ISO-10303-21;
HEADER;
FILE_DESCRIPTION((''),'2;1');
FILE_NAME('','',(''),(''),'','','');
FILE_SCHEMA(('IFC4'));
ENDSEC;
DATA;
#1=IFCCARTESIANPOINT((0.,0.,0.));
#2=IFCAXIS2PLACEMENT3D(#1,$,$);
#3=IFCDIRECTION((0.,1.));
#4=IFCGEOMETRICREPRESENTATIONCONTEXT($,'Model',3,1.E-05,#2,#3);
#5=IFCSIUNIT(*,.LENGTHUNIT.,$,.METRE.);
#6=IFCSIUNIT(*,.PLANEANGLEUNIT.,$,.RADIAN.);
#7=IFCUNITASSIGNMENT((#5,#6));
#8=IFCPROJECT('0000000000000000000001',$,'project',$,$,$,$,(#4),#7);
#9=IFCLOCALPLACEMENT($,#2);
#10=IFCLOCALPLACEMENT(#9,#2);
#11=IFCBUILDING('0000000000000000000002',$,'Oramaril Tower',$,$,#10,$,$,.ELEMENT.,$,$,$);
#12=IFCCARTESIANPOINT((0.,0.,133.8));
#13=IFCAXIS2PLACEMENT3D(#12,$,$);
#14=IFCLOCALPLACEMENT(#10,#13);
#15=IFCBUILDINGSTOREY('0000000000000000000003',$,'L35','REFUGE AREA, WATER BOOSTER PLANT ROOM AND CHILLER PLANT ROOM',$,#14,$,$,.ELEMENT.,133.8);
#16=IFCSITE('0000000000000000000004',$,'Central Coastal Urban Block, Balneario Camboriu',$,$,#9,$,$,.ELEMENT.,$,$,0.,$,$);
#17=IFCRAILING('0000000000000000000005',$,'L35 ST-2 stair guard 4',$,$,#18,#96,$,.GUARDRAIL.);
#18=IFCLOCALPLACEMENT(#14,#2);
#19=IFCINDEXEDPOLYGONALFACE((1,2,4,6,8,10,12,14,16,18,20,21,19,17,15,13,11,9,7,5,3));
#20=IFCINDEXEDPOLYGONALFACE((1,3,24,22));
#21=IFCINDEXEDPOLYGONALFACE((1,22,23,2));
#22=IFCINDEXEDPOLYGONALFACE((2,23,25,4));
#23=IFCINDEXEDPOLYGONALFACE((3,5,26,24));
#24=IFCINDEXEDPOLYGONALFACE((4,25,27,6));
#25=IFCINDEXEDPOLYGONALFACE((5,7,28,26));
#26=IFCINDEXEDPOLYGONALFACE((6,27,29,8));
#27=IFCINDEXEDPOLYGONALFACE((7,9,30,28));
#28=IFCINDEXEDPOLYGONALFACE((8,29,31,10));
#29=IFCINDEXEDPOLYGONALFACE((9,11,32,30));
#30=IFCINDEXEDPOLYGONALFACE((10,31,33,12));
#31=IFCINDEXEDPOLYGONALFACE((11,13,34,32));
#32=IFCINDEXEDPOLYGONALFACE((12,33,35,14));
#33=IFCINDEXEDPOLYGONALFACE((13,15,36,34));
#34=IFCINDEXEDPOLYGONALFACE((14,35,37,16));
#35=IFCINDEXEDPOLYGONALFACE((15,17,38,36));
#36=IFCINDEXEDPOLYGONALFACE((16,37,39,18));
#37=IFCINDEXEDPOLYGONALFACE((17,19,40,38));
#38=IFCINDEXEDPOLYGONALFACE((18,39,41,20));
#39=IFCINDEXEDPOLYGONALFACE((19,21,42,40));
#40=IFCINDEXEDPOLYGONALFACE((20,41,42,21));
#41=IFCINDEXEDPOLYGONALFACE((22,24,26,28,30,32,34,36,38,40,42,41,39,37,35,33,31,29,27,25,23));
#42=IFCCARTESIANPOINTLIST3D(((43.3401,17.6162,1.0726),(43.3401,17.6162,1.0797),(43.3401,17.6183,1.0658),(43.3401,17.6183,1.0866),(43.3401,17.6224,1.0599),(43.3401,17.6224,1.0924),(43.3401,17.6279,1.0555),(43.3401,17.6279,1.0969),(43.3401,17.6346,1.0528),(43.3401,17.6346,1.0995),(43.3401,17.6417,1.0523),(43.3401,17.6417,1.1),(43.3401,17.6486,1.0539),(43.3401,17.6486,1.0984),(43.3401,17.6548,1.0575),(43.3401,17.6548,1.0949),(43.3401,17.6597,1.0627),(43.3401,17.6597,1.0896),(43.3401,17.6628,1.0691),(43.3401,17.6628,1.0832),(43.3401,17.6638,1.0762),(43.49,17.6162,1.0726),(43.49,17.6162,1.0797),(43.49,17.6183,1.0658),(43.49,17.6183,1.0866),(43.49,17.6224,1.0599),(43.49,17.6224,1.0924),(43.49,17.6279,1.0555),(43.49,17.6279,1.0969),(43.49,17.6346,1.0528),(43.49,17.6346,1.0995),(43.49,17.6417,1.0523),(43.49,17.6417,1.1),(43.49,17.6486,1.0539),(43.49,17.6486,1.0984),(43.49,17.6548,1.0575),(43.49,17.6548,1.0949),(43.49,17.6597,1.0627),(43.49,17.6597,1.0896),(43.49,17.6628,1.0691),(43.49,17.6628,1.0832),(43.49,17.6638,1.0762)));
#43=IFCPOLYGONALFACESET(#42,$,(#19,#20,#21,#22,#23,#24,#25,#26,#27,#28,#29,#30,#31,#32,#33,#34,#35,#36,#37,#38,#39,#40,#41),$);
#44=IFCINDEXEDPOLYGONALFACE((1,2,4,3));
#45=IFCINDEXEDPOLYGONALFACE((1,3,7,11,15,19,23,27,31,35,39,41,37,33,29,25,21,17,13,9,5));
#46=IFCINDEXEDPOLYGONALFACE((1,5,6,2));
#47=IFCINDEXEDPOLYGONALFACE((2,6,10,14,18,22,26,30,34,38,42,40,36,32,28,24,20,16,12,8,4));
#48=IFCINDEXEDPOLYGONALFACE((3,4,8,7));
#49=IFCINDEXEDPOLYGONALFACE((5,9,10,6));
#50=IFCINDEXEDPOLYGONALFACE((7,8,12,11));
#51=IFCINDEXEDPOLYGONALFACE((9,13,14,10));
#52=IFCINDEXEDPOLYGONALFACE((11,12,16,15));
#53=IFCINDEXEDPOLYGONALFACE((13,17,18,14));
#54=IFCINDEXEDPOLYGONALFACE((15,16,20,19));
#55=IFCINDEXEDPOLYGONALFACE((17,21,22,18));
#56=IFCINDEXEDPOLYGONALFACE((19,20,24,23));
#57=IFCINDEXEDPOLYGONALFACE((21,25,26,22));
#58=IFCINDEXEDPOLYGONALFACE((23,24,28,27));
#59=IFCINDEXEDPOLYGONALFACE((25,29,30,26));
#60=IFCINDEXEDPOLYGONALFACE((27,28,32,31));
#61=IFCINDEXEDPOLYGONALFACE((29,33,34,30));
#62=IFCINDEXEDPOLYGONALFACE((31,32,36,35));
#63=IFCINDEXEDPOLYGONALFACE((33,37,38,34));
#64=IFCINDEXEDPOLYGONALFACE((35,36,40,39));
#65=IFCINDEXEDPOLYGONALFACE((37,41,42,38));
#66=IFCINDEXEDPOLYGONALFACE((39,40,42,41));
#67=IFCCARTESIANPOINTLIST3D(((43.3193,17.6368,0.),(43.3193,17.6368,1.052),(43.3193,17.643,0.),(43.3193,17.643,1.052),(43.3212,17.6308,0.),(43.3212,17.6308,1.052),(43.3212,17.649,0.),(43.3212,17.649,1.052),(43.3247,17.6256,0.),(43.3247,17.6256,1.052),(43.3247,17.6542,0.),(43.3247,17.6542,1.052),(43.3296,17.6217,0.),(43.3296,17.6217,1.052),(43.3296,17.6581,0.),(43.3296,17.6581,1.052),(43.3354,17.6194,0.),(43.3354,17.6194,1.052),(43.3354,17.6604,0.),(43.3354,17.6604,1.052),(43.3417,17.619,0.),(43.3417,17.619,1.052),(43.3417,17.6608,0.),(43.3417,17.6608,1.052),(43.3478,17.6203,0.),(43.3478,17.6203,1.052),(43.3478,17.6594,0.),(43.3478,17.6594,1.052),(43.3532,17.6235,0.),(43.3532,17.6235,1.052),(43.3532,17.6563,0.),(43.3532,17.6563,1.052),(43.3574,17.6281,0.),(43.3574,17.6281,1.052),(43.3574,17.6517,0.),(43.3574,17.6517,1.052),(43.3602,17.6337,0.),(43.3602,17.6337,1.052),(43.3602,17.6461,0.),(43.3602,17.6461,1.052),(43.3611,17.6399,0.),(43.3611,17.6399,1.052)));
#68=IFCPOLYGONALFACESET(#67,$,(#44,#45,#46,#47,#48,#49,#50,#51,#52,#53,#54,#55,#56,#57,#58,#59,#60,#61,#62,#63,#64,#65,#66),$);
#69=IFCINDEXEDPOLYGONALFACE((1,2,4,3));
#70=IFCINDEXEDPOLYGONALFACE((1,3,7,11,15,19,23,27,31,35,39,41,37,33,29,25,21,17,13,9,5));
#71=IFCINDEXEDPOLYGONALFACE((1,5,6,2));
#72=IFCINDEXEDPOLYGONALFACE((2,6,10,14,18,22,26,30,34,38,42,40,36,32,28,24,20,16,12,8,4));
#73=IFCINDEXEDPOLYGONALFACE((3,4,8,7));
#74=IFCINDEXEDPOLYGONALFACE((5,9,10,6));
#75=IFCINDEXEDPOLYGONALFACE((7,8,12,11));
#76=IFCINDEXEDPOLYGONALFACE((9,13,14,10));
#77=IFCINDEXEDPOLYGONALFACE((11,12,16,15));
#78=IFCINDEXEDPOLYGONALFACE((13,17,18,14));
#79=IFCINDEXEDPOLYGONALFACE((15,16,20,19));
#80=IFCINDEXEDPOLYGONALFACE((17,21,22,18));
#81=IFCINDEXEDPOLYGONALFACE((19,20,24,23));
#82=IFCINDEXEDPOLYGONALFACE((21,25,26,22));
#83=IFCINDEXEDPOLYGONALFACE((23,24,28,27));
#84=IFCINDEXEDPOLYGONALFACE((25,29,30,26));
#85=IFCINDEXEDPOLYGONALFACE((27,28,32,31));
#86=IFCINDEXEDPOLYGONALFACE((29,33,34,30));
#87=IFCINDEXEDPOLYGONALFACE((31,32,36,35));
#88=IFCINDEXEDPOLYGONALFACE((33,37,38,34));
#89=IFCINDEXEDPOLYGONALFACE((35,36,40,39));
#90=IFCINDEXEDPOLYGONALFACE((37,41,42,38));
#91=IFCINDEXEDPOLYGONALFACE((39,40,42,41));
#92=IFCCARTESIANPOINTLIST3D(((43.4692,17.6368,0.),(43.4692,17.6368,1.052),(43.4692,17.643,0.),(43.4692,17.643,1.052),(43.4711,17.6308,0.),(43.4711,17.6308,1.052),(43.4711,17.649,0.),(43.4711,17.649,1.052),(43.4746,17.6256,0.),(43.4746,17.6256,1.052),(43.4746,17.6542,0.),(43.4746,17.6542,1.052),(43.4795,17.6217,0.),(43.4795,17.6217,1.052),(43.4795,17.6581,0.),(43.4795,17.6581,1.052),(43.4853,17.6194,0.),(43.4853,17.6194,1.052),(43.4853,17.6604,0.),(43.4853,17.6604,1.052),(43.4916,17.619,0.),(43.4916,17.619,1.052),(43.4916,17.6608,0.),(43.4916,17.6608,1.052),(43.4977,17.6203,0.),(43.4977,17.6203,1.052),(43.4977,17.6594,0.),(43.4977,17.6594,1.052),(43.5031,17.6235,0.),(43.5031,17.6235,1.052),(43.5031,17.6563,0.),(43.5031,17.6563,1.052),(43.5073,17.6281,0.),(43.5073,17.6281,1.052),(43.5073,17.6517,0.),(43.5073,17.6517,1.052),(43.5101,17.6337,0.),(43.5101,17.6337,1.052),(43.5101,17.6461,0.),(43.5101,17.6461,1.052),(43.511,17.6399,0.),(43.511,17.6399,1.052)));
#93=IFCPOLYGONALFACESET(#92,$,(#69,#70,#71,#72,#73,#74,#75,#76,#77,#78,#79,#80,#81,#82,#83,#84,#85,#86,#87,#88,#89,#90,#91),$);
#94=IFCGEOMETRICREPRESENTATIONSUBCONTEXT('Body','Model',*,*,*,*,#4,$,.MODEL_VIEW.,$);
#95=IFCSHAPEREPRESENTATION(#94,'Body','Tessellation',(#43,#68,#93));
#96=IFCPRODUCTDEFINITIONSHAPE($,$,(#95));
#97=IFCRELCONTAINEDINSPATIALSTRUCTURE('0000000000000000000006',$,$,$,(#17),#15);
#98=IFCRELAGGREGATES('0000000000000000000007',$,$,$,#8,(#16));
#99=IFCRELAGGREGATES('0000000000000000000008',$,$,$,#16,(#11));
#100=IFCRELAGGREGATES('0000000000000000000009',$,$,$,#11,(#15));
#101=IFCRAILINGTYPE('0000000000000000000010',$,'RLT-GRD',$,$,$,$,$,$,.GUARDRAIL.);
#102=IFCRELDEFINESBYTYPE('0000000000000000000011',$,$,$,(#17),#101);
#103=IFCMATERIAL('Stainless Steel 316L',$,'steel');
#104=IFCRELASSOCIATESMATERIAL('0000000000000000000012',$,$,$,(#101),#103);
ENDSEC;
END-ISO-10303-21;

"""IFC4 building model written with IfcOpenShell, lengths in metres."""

from ifc_helpers import new_model, si_unit, direction, frame, origin, origin_2d, place, context, subcontext, project, spatial, circle, extrude, material, type_object, element, save


model = new_model("IFC4")

# Units and contexts
model_context = context("Model", 3, precision=1e-05, world=origin(), true_north=direction((0.0, 1.0)))
body_context = subcontext(model_context, "Body", "Model", "MODEL_VIEW")
ifc_project = project(units=[si_unit("LENGTHUNIT", "METRE"), si_unit("PLANEANGLEUNIT", "RADIAN")], contexts=[model_context])

# Site, building, storey
site_placement = place(None, origin())
site = spatial("IfcSite", under=ifc_project, at=site_placement, Name="Central Coastal Urban Block, Balneario Camboriu", CompositionType="ELEMENT", RefElevation=0.0)
building_placement = place(site_placement, origin())
building = spatial("IfcBuilding", under=site, at=building_placement, Name="Oramaril Tower", CompositionType="ELEMENT")
storey_placement = place(building_placement, frame((0.0, 0.0, 133.8)))
storey = spatial("IfcBuildingStorey", under=building, at=storey_placement, Name="L35", Description="REFUGE AREA, WATER BOOSTER PLANT ROOM AND CHILLER PLANT ROOM", CompositionType="ELEMENT", Elevation=133.8)

# Railing
ifc_material_1 = material(Name="Stainless Steel 316L", Category="steel")
railing_type = type_object("IfcRailingType", Name="RLT-GRD", PredefinedType="GUARDRAIL", material=ifc_material_1)
railing_1_placement = place(storey_placement, frame((43.3401, 17.6399, 0.0)))
element("IfcRailing", 1, at=railing_1_placement, inside=storey, type_object=railing_type, Name="L35 ST-2 stair guard 4", PredefinedType="GUARDRAIL", context=body_context, shape_type="SweptSolid", body=[
    extrude(circle(Radius=0.0239, at=origin_2d()), frame((0.0, 0.0, 1.0762), z_axis=(1.0, 0.0, 0.0), x_axis=(0.0, 1.0, 0.0)), (0.0, 0.0, 1.0), 0.1499),
    extrude(circle(Radius=0.021, at=origin_2d()), origin(), (0.0, 0.0, 1.0), 1.052),
    extrude(circle(Radius=0.021, at=origin_2d()), frame((0.1499, 0.0, 0.0)), (0.0, 0.0, 1.0), 1.052),
])

save(model, "model.ifc")
